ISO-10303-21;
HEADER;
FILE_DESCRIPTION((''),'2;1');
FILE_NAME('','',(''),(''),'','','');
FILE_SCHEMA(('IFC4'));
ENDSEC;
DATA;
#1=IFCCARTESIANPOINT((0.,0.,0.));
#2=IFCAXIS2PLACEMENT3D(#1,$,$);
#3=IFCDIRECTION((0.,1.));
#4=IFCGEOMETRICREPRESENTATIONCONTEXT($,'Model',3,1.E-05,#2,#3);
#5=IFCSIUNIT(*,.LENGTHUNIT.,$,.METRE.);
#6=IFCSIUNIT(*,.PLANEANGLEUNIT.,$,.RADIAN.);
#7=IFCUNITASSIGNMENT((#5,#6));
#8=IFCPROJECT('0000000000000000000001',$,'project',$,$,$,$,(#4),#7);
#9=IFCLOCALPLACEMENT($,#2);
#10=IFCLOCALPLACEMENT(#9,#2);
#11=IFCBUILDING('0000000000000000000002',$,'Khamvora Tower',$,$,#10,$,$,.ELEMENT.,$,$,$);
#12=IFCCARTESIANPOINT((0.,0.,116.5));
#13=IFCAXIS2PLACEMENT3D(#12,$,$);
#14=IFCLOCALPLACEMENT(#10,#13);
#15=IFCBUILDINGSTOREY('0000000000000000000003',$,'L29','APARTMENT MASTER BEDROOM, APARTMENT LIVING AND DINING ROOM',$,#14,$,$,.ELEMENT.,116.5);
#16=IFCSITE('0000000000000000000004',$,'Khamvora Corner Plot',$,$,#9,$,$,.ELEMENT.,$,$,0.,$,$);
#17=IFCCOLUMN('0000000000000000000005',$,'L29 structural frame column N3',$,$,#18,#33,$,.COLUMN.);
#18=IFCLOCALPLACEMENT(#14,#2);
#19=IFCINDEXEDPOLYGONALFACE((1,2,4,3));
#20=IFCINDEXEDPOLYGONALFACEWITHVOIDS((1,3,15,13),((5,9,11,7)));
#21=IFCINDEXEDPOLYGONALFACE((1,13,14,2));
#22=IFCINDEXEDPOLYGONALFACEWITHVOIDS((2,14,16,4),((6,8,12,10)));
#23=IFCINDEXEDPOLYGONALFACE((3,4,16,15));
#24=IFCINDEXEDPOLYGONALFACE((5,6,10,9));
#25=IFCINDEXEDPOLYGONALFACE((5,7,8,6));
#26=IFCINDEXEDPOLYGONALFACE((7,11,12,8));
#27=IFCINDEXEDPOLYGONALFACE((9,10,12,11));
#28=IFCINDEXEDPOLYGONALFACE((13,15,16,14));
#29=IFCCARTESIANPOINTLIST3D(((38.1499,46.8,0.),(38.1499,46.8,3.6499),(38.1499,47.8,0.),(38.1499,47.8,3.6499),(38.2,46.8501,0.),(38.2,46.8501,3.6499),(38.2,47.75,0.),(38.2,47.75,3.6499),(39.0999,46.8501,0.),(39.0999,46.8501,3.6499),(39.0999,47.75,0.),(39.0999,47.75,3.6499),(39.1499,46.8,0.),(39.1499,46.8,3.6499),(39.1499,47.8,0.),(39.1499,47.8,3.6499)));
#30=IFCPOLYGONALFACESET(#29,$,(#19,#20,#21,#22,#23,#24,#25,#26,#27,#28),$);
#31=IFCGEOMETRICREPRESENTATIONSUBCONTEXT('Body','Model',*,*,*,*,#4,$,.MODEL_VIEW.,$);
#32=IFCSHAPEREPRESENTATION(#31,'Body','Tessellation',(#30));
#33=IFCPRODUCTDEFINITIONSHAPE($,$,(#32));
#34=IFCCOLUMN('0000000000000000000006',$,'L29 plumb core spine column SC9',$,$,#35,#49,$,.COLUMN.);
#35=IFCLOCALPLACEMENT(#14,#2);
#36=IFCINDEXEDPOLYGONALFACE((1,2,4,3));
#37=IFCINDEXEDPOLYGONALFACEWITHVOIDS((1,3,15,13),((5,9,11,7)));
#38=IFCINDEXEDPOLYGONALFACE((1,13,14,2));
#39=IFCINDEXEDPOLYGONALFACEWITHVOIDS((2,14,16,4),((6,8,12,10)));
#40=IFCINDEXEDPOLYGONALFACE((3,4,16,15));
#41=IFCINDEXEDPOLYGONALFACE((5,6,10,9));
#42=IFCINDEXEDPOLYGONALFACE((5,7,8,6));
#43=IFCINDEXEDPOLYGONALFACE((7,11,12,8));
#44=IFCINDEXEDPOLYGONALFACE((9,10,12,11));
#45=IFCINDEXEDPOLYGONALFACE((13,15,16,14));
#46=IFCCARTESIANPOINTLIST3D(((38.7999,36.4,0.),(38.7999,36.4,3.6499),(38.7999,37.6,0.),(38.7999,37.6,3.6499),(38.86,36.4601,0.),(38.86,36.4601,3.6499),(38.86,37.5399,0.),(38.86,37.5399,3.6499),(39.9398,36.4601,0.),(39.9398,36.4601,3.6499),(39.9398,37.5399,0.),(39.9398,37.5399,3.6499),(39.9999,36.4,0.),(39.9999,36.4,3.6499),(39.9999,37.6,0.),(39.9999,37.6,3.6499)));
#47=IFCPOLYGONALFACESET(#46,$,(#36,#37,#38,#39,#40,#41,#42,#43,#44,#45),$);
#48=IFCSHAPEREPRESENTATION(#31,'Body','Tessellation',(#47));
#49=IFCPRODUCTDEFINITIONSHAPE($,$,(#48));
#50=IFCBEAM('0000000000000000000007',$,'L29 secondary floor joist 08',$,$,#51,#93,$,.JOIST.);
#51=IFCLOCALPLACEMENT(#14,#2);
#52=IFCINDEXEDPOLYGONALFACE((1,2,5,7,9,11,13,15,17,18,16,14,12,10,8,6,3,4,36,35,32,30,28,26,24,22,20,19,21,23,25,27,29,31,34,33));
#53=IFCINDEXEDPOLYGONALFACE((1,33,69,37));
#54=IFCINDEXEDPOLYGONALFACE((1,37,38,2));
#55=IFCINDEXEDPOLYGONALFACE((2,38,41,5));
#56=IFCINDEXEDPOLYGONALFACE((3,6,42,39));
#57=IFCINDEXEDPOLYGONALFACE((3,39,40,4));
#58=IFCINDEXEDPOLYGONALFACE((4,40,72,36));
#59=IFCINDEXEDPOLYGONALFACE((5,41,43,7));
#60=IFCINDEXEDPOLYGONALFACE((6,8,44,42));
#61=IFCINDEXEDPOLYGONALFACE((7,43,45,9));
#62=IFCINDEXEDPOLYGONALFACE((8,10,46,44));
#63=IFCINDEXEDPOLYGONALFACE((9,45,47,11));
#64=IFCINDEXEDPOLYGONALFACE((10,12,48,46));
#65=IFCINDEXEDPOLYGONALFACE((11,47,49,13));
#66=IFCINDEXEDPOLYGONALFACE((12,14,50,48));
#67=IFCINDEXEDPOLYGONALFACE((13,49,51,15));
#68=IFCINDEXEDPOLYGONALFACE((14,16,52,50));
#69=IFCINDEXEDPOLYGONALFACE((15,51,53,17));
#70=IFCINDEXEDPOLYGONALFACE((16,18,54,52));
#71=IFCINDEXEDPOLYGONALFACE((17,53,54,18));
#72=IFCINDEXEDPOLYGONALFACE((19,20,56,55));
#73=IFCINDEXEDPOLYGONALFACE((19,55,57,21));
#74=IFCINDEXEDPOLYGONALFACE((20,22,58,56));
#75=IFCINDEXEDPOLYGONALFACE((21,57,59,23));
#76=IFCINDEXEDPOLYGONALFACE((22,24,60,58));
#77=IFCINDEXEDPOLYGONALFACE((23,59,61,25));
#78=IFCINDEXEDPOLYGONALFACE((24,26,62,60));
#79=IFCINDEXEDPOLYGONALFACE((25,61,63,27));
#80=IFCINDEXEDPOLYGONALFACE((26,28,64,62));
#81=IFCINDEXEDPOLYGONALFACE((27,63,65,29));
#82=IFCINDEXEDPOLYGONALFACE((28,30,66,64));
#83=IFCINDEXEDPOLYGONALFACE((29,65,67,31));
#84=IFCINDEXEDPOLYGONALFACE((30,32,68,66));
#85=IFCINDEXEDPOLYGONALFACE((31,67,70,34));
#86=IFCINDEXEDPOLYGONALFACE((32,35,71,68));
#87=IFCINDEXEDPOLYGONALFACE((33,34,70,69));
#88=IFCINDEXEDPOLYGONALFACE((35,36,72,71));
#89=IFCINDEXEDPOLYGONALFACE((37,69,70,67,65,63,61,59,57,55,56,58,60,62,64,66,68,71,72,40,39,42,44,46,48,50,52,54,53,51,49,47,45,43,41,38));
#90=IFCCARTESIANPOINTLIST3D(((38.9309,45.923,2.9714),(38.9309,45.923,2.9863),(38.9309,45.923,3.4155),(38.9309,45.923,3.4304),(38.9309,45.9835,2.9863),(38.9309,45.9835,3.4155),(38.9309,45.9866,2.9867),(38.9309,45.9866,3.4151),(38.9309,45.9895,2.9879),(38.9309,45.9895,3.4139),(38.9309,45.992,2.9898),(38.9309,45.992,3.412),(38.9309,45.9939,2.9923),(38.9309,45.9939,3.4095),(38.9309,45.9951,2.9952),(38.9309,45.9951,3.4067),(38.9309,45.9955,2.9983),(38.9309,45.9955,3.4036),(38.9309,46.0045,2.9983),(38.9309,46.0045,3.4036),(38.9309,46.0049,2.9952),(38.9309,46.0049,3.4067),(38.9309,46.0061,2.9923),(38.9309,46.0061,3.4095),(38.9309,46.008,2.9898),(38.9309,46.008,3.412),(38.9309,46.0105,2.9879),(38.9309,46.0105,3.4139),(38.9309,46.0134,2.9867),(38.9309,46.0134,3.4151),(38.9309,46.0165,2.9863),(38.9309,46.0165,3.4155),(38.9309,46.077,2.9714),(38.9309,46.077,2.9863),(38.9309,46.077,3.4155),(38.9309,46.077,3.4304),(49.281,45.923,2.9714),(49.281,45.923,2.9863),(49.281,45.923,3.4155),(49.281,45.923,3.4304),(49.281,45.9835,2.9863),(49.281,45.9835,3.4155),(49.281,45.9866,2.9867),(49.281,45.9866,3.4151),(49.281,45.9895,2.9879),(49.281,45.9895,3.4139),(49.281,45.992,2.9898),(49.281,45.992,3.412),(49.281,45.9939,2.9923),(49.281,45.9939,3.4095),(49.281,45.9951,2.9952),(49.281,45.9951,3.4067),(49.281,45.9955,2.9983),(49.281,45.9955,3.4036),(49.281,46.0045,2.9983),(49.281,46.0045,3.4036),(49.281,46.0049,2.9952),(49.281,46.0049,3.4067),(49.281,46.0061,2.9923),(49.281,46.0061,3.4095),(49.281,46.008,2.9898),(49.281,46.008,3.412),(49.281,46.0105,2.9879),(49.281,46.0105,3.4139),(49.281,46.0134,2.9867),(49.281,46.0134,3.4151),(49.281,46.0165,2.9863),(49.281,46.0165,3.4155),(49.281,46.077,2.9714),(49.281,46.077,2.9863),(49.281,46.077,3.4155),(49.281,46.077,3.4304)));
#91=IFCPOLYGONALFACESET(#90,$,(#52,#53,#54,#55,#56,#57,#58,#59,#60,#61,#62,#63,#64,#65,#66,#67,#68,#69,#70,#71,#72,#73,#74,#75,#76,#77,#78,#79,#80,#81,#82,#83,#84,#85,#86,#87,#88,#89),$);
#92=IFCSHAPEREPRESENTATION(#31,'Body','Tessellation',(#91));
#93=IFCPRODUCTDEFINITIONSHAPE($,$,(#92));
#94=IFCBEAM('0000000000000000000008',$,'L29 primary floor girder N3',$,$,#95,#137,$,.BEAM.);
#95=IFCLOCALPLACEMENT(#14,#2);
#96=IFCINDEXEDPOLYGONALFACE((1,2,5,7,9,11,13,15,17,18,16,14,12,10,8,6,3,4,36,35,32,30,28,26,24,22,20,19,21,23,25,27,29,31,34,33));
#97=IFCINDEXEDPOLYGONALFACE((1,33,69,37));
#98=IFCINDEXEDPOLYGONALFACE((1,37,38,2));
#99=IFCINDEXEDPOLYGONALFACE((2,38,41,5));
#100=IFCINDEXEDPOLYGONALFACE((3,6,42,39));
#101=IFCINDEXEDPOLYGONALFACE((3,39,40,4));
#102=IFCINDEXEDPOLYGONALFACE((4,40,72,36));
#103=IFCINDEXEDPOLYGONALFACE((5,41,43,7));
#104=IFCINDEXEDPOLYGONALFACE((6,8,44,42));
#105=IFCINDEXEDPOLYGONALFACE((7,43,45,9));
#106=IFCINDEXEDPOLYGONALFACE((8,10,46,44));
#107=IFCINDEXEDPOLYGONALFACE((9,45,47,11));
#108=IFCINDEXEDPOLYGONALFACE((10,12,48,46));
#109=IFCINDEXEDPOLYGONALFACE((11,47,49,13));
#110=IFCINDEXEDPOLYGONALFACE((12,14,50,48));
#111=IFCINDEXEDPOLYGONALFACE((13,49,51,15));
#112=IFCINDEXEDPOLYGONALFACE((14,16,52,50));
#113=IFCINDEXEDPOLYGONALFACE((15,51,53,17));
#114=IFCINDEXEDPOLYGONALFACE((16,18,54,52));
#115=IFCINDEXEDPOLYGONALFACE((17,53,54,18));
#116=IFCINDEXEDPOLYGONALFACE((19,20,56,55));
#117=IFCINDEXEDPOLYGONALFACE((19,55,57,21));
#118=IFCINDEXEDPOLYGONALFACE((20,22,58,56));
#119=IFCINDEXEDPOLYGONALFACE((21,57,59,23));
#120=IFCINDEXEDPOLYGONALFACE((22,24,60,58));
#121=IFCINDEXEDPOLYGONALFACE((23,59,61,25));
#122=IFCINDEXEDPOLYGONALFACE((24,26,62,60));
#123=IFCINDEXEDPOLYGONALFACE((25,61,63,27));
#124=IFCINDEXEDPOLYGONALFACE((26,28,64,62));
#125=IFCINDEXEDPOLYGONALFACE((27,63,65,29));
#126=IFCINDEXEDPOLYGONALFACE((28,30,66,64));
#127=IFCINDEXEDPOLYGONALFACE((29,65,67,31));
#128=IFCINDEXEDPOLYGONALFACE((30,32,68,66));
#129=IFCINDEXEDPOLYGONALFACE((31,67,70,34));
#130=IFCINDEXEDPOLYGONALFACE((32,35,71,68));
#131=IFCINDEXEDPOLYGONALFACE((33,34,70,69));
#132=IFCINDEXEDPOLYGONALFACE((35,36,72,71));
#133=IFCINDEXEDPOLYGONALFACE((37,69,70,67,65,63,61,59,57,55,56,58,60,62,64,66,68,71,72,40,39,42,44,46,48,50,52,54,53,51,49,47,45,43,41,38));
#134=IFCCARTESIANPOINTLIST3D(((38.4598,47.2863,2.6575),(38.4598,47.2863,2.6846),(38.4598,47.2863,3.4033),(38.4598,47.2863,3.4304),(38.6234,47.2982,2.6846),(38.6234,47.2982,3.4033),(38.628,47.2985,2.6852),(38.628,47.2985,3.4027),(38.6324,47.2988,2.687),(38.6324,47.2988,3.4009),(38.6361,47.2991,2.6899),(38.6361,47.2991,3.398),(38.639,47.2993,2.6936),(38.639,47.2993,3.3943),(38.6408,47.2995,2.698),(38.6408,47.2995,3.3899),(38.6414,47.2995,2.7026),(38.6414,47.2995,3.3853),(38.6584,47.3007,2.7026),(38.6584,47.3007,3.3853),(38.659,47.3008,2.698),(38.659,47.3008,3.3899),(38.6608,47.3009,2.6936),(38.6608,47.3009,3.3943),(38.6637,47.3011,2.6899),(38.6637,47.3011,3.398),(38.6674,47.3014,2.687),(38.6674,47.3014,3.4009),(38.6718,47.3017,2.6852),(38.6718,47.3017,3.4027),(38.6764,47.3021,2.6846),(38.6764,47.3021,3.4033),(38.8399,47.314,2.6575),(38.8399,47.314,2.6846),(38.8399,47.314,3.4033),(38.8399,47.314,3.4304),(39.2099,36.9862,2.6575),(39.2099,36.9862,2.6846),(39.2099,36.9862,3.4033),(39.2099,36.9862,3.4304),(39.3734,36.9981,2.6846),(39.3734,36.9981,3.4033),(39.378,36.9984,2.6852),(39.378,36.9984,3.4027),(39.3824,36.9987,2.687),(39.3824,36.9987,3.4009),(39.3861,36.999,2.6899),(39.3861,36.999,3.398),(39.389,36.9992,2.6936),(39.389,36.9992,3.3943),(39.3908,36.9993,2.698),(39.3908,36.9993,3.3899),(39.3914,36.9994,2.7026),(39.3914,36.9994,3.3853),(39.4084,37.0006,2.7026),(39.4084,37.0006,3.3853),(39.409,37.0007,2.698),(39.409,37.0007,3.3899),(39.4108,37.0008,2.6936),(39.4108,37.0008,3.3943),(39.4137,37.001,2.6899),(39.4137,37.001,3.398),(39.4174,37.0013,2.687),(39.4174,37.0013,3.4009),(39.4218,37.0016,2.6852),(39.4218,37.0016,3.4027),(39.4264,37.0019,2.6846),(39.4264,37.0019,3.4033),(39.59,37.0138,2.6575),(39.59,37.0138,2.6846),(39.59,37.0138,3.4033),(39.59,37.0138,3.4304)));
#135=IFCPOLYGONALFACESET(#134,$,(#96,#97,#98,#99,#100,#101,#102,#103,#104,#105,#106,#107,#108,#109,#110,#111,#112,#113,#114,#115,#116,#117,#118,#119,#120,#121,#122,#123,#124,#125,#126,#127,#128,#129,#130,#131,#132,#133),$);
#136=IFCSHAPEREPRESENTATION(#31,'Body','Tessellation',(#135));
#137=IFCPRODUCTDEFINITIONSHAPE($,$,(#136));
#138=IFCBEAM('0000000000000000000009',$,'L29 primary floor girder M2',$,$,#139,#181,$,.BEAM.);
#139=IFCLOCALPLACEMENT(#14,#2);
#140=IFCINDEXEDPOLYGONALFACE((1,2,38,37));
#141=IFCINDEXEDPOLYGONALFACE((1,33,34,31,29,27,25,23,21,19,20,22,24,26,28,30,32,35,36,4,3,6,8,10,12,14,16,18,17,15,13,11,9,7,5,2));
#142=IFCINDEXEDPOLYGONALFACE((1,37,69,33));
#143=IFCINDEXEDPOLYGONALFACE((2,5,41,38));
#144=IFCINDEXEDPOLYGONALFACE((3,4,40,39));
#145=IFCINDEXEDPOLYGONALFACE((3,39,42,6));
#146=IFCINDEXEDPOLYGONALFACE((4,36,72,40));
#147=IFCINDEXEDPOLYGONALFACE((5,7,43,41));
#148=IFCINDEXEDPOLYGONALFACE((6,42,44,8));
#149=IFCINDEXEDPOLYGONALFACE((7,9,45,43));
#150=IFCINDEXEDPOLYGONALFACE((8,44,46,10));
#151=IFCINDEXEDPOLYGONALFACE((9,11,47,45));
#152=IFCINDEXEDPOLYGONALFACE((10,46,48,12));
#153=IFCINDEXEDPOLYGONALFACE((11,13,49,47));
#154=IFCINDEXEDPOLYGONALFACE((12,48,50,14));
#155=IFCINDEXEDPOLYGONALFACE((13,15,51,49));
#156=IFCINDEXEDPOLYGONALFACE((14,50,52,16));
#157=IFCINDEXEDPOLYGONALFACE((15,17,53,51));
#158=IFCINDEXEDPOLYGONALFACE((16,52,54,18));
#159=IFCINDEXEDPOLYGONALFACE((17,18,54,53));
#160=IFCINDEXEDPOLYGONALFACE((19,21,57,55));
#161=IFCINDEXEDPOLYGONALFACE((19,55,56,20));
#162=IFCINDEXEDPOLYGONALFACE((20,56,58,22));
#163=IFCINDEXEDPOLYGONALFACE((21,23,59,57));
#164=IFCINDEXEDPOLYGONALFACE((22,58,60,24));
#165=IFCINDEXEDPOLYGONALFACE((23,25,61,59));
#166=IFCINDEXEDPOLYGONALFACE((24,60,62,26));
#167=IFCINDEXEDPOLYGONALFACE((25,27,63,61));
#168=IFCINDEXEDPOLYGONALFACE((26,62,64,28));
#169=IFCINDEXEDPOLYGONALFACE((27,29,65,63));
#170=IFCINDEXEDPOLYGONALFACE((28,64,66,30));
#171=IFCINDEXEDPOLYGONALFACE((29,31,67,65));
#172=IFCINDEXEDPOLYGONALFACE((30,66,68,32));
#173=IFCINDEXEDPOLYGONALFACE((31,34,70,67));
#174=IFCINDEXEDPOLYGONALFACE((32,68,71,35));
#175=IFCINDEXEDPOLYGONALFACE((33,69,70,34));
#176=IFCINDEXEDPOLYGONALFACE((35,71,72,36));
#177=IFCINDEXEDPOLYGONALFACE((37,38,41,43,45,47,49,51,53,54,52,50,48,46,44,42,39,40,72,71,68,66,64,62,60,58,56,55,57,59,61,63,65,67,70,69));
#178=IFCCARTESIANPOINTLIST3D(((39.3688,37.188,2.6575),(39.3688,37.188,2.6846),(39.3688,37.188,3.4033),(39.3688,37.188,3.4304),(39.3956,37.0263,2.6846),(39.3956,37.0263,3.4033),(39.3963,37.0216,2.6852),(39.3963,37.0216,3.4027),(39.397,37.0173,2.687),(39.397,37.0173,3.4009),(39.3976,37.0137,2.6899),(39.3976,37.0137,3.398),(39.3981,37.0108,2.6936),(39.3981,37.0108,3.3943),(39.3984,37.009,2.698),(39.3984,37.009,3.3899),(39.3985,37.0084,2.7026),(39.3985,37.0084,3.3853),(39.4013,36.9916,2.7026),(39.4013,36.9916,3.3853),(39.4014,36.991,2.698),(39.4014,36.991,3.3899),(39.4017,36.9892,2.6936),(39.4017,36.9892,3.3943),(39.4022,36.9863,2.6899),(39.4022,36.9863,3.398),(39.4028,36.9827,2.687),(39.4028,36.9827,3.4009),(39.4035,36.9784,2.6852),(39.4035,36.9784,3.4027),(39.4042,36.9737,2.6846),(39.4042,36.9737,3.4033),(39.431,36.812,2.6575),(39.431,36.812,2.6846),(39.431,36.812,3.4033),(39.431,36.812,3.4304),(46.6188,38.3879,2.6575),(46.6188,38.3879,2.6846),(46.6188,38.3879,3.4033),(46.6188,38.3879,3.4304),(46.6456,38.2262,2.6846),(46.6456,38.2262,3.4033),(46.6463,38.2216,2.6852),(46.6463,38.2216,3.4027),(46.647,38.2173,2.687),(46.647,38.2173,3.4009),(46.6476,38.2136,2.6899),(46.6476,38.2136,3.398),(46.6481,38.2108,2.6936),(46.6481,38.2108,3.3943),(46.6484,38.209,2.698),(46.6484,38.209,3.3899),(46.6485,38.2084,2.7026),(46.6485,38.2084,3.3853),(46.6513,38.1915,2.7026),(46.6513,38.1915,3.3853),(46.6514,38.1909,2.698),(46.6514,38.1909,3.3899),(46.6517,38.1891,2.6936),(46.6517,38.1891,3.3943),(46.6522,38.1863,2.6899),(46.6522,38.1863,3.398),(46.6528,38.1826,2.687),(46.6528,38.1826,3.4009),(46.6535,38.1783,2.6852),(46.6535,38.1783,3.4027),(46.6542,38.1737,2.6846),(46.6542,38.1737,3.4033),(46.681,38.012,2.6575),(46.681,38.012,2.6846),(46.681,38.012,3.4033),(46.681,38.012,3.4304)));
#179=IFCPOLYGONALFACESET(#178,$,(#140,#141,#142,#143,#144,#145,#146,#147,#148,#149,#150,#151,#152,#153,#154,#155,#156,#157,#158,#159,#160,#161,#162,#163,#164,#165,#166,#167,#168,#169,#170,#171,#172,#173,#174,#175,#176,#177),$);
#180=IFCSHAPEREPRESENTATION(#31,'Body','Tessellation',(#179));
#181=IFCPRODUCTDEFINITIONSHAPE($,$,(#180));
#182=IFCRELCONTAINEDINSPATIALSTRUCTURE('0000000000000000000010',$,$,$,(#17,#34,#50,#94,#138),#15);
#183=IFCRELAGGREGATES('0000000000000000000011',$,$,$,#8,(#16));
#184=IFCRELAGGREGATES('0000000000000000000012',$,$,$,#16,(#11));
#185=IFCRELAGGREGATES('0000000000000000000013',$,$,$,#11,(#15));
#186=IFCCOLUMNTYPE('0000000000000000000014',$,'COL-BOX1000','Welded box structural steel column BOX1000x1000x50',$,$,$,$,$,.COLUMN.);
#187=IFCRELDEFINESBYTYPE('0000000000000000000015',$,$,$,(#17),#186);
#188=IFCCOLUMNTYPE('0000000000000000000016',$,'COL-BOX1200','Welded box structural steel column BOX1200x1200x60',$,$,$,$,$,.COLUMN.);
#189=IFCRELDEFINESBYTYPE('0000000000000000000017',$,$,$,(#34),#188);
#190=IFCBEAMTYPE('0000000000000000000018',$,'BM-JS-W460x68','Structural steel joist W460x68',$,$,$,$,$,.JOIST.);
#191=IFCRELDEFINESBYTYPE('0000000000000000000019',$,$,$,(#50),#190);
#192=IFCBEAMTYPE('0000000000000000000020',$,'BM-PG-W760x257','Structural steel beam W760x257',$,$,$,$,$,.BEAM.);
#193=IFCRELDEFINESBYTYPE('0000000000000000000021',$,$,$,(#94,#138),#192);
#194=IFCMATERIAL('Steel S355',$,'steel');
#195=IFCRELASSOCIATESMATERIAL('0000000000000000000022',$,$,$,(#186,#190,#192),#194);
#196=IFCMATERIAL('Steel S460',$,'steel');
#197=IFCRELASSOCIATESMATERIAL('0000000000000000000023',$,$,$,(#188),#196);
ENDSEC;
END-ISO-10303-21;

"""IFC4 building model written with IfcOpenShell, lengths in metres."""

from ifc_helpers import new_model, si_unit, direction, frame, origin, origin_2d, place, context, subcontext, project, spatial, hollow_rectangle, i_section, extrude, material, material_profile, profile_set, type_object, element, save


model = new_model("IFC4")

# Units and contexts
model_context = context("Model", 3, precision=1e-05, world=origin(), true_north=direction((0.0, 1.0)))
body_context = subcontext(model_context, "Body", "Model", "MODEL_VIEW")
ifc_project = project(units=[si_unit("LENGTHUNIT", "METRE"), si_unit("PLANEANGLEUNIT", "RADIAN")], contexts=[model_context])

# Site, building, storey
site_placement = place(None, origin())
site = spatial("IfcSite", under=ifc_project, at=site_placement, Name="Khamvora Corner Plot", CompositionType="ELEMENT", RefElevation=0.0)
building_placement = place(site_placement, origin())
building = spatial("IfcBuilding", under=site, at=building_placement, Name="Khamvora Tower", CompositionType="ELEMENT")
storey_placement = place(building_placement, frame((0.0, 0.0, 116.5)))
storey = spatial("IfcBuildingStorey", under=building, at=storey_placement, Name="L29", Description="APARTMENT MASTER BEDROOM, APARTMENT LIVING AND DINING ROOM", CompositionType="ELEMENT", Elevation=116.5)

# Columns
ifc_material_1 = material(Name="Steel S355", Category="steel")
ifc_material_profile_1 = material_profile(ifc_material_1, hollow_rectangle(XDim=1.0, YDim=1.0, WallThickness=0.05, at=origin_2d()), Name="BOX1000x1000x50")
ifc_profile_set_1 = profile_set([ifc_material_profile_1], Name="Steel S355")
column_type_1 = type_object("IfcColumnType", Name="COL-BOX1000", Description="Welded box structural steel column BOX1000x1000x50", PredefinedType="COLUMN", material=ifc_profile_set_1)
column_1_placement = place(storey_placement, frame((38.6499, 47.3, 0.0), z_axis=(0.0, 0.0, 1.0), x_axis=(1.0, 0.0, 0.0)))
element("IfcColumn", 1, at=column_1_placement, inside=storey, type_object=column_type_1, Name="L29 structural frame column N3", PredefinedType="COLUMN", context=body_context, shape_type="SweptSolid", body=[
    extrude(hollow_rectangle(XDim=1.0, YDim=1.0, WallThickness=0.05, at=origin_2d()), origin(), (0.0, 0.0, 1.0), 3.6499),
])
ifc_material_2 = material(Name="Steel S460", Category="steel")
ifc_material_profile_2 = material_profile(ifc_material_2, hollow_rectangle(XDim=1.2, YDim=1.2, WallThickness=0.0601, at=origin_2d()), Name="BOX1200x1200x60")
ifc_profile_set_2 = profile_set([ifc_material_profile_2], Name="Steel S460")
column_type_2 = type_object("IfcColumnType", Name="COL-BOX1200", Description="Welded box structural steel column BOX1200x1200x60", PredefinedType="COLUMN", material=ifc_profile_set_2)
column_2_placement = place(storey_placement, frame((39.3999, 37.0, 0.0), z_axis=(0.0, 0.0, 1.0), x_axis=(1.0, 0.0, 0.0)))
element("IfcColumn", 2, at=column_2_placement, inside=storey, type_object=column_type_2, Name="L29 plumb core spine column SC9", PredefinedType="COLUMN", context=body_context, shape_type="SweptSolid", body=[
    extrude(hollow_rectangle(XDim=1.2, YDim=1.2, WallThickness=0.0601, at=origin_2d()), origin(), (0.0, 0.0, 1.0), 3.6499),
])

# Beams
ifc_material_profile_3 = material_profile(ifc_material_1, i_section(OverallWidth=0.1541, OverallDepth=0.459, WebThickness=0.009, FlangeThickness=0.0149, FilletRadius=0.012, at=origin_2d()), Name="W460x68")
ifc_profile_set_3 = profile_set([ifc_material_profile_3], Name="Steel S355")
beam_type_1 = type_object("IfcBeamType", Name="BM-JS-W460x68", Description="Structural steel joist W460x68", PredefinedType="JOIST", material=ifc_profile_set_3)
beam_1_placement = place(storey_placement, frame((38.9309, 46.0, 3.2009), z_axis=(1.0, 0.0, 0.0), x_axis=(0.0, 1.0, 0.0)))
element("IfcBeam", 3, at=beam_1_placement, inside=storey, type_object=beam_type_1, Name="L29 secondary floor joist 08", PredefinedType="JOIST", context=body_context, shape_type="SweptSolid", body=[
    extrude(i_section(OverallWidth=0.1541, OverallDepth=0.459, WebThickness=0.009, FlangeThickness=0.0149, FilletRadius=0.012, at=origin_2d()), origin(), (0.0, 0.0, 1.0), 10.3501),
])
ifc_material_profile_4 = material_profile(ifc_material_1, i_section(OverallWidth=0.3811, OverallDepth=0.7729, WebThickness=0.0171, FlangeThickness=0.0271, FilletRadius=0.0181, at=origin_2d()), Name="W760x257")
ifc_profile_set_4 = profile_set([ifc_material_profile_4], Name="Steel S355")
beam_type_2 = type_object("IfcBeamType", Name="BM-PG-W760x257", Description="Structural steel beam W760x257", PredefinedType="BEAM", material=ifc_profile_set_4)
beam_2_placement = place(storey_placement, frame((39.3999, 37.0, 3.0439), z_axis=(-0.072623, 0.997359, 0.0), x_axis=(-0.997359, -0.072623, 0.0)))
element("IfcBeam", 4, at=beam_2_placement, inside=storey, type_object=beam_type_2, Name="L29 primary floor girder N3", PredefinedType="BEAM", context=body_context, shape_type="SweptSolid", body=[
    extrude(i_section(OverallWidth=0.3811, OverallDepth=0.7729, WebThickness=0.0171, FlangeThickness=0.0271, FilletRadius=0.0181, at=origin_2d()), origin(), (0.0, 0.0, 1.0), 10.3274),
])
beam_3_placement = place(storey_placement, frame((39.3999, 37.0, 3.0439), z_axis=(0.986578, 0.163289, 0.0), x_axis=(-0.163289, 0.986578, 0.0)))
element("IfcBeam", 5, at=beam_3_placement, inside=storey, type_object=beam_type_2, Name="L29 primary floor girder M2", PredefinedType="BEAM", context=body_context, shape_type="SweptSolid", body=[
    extrude(i_section(OverallWidth=0.3811, OverallDepth=0.7729, WebThickness=0.0171, FlangeThickness=0.0271, FilletRadius=0.0181, at=origin_2d()), origin(), (0.0, 0.0, 1.0), 7.3486),
])

save(model, "model.ifc")
